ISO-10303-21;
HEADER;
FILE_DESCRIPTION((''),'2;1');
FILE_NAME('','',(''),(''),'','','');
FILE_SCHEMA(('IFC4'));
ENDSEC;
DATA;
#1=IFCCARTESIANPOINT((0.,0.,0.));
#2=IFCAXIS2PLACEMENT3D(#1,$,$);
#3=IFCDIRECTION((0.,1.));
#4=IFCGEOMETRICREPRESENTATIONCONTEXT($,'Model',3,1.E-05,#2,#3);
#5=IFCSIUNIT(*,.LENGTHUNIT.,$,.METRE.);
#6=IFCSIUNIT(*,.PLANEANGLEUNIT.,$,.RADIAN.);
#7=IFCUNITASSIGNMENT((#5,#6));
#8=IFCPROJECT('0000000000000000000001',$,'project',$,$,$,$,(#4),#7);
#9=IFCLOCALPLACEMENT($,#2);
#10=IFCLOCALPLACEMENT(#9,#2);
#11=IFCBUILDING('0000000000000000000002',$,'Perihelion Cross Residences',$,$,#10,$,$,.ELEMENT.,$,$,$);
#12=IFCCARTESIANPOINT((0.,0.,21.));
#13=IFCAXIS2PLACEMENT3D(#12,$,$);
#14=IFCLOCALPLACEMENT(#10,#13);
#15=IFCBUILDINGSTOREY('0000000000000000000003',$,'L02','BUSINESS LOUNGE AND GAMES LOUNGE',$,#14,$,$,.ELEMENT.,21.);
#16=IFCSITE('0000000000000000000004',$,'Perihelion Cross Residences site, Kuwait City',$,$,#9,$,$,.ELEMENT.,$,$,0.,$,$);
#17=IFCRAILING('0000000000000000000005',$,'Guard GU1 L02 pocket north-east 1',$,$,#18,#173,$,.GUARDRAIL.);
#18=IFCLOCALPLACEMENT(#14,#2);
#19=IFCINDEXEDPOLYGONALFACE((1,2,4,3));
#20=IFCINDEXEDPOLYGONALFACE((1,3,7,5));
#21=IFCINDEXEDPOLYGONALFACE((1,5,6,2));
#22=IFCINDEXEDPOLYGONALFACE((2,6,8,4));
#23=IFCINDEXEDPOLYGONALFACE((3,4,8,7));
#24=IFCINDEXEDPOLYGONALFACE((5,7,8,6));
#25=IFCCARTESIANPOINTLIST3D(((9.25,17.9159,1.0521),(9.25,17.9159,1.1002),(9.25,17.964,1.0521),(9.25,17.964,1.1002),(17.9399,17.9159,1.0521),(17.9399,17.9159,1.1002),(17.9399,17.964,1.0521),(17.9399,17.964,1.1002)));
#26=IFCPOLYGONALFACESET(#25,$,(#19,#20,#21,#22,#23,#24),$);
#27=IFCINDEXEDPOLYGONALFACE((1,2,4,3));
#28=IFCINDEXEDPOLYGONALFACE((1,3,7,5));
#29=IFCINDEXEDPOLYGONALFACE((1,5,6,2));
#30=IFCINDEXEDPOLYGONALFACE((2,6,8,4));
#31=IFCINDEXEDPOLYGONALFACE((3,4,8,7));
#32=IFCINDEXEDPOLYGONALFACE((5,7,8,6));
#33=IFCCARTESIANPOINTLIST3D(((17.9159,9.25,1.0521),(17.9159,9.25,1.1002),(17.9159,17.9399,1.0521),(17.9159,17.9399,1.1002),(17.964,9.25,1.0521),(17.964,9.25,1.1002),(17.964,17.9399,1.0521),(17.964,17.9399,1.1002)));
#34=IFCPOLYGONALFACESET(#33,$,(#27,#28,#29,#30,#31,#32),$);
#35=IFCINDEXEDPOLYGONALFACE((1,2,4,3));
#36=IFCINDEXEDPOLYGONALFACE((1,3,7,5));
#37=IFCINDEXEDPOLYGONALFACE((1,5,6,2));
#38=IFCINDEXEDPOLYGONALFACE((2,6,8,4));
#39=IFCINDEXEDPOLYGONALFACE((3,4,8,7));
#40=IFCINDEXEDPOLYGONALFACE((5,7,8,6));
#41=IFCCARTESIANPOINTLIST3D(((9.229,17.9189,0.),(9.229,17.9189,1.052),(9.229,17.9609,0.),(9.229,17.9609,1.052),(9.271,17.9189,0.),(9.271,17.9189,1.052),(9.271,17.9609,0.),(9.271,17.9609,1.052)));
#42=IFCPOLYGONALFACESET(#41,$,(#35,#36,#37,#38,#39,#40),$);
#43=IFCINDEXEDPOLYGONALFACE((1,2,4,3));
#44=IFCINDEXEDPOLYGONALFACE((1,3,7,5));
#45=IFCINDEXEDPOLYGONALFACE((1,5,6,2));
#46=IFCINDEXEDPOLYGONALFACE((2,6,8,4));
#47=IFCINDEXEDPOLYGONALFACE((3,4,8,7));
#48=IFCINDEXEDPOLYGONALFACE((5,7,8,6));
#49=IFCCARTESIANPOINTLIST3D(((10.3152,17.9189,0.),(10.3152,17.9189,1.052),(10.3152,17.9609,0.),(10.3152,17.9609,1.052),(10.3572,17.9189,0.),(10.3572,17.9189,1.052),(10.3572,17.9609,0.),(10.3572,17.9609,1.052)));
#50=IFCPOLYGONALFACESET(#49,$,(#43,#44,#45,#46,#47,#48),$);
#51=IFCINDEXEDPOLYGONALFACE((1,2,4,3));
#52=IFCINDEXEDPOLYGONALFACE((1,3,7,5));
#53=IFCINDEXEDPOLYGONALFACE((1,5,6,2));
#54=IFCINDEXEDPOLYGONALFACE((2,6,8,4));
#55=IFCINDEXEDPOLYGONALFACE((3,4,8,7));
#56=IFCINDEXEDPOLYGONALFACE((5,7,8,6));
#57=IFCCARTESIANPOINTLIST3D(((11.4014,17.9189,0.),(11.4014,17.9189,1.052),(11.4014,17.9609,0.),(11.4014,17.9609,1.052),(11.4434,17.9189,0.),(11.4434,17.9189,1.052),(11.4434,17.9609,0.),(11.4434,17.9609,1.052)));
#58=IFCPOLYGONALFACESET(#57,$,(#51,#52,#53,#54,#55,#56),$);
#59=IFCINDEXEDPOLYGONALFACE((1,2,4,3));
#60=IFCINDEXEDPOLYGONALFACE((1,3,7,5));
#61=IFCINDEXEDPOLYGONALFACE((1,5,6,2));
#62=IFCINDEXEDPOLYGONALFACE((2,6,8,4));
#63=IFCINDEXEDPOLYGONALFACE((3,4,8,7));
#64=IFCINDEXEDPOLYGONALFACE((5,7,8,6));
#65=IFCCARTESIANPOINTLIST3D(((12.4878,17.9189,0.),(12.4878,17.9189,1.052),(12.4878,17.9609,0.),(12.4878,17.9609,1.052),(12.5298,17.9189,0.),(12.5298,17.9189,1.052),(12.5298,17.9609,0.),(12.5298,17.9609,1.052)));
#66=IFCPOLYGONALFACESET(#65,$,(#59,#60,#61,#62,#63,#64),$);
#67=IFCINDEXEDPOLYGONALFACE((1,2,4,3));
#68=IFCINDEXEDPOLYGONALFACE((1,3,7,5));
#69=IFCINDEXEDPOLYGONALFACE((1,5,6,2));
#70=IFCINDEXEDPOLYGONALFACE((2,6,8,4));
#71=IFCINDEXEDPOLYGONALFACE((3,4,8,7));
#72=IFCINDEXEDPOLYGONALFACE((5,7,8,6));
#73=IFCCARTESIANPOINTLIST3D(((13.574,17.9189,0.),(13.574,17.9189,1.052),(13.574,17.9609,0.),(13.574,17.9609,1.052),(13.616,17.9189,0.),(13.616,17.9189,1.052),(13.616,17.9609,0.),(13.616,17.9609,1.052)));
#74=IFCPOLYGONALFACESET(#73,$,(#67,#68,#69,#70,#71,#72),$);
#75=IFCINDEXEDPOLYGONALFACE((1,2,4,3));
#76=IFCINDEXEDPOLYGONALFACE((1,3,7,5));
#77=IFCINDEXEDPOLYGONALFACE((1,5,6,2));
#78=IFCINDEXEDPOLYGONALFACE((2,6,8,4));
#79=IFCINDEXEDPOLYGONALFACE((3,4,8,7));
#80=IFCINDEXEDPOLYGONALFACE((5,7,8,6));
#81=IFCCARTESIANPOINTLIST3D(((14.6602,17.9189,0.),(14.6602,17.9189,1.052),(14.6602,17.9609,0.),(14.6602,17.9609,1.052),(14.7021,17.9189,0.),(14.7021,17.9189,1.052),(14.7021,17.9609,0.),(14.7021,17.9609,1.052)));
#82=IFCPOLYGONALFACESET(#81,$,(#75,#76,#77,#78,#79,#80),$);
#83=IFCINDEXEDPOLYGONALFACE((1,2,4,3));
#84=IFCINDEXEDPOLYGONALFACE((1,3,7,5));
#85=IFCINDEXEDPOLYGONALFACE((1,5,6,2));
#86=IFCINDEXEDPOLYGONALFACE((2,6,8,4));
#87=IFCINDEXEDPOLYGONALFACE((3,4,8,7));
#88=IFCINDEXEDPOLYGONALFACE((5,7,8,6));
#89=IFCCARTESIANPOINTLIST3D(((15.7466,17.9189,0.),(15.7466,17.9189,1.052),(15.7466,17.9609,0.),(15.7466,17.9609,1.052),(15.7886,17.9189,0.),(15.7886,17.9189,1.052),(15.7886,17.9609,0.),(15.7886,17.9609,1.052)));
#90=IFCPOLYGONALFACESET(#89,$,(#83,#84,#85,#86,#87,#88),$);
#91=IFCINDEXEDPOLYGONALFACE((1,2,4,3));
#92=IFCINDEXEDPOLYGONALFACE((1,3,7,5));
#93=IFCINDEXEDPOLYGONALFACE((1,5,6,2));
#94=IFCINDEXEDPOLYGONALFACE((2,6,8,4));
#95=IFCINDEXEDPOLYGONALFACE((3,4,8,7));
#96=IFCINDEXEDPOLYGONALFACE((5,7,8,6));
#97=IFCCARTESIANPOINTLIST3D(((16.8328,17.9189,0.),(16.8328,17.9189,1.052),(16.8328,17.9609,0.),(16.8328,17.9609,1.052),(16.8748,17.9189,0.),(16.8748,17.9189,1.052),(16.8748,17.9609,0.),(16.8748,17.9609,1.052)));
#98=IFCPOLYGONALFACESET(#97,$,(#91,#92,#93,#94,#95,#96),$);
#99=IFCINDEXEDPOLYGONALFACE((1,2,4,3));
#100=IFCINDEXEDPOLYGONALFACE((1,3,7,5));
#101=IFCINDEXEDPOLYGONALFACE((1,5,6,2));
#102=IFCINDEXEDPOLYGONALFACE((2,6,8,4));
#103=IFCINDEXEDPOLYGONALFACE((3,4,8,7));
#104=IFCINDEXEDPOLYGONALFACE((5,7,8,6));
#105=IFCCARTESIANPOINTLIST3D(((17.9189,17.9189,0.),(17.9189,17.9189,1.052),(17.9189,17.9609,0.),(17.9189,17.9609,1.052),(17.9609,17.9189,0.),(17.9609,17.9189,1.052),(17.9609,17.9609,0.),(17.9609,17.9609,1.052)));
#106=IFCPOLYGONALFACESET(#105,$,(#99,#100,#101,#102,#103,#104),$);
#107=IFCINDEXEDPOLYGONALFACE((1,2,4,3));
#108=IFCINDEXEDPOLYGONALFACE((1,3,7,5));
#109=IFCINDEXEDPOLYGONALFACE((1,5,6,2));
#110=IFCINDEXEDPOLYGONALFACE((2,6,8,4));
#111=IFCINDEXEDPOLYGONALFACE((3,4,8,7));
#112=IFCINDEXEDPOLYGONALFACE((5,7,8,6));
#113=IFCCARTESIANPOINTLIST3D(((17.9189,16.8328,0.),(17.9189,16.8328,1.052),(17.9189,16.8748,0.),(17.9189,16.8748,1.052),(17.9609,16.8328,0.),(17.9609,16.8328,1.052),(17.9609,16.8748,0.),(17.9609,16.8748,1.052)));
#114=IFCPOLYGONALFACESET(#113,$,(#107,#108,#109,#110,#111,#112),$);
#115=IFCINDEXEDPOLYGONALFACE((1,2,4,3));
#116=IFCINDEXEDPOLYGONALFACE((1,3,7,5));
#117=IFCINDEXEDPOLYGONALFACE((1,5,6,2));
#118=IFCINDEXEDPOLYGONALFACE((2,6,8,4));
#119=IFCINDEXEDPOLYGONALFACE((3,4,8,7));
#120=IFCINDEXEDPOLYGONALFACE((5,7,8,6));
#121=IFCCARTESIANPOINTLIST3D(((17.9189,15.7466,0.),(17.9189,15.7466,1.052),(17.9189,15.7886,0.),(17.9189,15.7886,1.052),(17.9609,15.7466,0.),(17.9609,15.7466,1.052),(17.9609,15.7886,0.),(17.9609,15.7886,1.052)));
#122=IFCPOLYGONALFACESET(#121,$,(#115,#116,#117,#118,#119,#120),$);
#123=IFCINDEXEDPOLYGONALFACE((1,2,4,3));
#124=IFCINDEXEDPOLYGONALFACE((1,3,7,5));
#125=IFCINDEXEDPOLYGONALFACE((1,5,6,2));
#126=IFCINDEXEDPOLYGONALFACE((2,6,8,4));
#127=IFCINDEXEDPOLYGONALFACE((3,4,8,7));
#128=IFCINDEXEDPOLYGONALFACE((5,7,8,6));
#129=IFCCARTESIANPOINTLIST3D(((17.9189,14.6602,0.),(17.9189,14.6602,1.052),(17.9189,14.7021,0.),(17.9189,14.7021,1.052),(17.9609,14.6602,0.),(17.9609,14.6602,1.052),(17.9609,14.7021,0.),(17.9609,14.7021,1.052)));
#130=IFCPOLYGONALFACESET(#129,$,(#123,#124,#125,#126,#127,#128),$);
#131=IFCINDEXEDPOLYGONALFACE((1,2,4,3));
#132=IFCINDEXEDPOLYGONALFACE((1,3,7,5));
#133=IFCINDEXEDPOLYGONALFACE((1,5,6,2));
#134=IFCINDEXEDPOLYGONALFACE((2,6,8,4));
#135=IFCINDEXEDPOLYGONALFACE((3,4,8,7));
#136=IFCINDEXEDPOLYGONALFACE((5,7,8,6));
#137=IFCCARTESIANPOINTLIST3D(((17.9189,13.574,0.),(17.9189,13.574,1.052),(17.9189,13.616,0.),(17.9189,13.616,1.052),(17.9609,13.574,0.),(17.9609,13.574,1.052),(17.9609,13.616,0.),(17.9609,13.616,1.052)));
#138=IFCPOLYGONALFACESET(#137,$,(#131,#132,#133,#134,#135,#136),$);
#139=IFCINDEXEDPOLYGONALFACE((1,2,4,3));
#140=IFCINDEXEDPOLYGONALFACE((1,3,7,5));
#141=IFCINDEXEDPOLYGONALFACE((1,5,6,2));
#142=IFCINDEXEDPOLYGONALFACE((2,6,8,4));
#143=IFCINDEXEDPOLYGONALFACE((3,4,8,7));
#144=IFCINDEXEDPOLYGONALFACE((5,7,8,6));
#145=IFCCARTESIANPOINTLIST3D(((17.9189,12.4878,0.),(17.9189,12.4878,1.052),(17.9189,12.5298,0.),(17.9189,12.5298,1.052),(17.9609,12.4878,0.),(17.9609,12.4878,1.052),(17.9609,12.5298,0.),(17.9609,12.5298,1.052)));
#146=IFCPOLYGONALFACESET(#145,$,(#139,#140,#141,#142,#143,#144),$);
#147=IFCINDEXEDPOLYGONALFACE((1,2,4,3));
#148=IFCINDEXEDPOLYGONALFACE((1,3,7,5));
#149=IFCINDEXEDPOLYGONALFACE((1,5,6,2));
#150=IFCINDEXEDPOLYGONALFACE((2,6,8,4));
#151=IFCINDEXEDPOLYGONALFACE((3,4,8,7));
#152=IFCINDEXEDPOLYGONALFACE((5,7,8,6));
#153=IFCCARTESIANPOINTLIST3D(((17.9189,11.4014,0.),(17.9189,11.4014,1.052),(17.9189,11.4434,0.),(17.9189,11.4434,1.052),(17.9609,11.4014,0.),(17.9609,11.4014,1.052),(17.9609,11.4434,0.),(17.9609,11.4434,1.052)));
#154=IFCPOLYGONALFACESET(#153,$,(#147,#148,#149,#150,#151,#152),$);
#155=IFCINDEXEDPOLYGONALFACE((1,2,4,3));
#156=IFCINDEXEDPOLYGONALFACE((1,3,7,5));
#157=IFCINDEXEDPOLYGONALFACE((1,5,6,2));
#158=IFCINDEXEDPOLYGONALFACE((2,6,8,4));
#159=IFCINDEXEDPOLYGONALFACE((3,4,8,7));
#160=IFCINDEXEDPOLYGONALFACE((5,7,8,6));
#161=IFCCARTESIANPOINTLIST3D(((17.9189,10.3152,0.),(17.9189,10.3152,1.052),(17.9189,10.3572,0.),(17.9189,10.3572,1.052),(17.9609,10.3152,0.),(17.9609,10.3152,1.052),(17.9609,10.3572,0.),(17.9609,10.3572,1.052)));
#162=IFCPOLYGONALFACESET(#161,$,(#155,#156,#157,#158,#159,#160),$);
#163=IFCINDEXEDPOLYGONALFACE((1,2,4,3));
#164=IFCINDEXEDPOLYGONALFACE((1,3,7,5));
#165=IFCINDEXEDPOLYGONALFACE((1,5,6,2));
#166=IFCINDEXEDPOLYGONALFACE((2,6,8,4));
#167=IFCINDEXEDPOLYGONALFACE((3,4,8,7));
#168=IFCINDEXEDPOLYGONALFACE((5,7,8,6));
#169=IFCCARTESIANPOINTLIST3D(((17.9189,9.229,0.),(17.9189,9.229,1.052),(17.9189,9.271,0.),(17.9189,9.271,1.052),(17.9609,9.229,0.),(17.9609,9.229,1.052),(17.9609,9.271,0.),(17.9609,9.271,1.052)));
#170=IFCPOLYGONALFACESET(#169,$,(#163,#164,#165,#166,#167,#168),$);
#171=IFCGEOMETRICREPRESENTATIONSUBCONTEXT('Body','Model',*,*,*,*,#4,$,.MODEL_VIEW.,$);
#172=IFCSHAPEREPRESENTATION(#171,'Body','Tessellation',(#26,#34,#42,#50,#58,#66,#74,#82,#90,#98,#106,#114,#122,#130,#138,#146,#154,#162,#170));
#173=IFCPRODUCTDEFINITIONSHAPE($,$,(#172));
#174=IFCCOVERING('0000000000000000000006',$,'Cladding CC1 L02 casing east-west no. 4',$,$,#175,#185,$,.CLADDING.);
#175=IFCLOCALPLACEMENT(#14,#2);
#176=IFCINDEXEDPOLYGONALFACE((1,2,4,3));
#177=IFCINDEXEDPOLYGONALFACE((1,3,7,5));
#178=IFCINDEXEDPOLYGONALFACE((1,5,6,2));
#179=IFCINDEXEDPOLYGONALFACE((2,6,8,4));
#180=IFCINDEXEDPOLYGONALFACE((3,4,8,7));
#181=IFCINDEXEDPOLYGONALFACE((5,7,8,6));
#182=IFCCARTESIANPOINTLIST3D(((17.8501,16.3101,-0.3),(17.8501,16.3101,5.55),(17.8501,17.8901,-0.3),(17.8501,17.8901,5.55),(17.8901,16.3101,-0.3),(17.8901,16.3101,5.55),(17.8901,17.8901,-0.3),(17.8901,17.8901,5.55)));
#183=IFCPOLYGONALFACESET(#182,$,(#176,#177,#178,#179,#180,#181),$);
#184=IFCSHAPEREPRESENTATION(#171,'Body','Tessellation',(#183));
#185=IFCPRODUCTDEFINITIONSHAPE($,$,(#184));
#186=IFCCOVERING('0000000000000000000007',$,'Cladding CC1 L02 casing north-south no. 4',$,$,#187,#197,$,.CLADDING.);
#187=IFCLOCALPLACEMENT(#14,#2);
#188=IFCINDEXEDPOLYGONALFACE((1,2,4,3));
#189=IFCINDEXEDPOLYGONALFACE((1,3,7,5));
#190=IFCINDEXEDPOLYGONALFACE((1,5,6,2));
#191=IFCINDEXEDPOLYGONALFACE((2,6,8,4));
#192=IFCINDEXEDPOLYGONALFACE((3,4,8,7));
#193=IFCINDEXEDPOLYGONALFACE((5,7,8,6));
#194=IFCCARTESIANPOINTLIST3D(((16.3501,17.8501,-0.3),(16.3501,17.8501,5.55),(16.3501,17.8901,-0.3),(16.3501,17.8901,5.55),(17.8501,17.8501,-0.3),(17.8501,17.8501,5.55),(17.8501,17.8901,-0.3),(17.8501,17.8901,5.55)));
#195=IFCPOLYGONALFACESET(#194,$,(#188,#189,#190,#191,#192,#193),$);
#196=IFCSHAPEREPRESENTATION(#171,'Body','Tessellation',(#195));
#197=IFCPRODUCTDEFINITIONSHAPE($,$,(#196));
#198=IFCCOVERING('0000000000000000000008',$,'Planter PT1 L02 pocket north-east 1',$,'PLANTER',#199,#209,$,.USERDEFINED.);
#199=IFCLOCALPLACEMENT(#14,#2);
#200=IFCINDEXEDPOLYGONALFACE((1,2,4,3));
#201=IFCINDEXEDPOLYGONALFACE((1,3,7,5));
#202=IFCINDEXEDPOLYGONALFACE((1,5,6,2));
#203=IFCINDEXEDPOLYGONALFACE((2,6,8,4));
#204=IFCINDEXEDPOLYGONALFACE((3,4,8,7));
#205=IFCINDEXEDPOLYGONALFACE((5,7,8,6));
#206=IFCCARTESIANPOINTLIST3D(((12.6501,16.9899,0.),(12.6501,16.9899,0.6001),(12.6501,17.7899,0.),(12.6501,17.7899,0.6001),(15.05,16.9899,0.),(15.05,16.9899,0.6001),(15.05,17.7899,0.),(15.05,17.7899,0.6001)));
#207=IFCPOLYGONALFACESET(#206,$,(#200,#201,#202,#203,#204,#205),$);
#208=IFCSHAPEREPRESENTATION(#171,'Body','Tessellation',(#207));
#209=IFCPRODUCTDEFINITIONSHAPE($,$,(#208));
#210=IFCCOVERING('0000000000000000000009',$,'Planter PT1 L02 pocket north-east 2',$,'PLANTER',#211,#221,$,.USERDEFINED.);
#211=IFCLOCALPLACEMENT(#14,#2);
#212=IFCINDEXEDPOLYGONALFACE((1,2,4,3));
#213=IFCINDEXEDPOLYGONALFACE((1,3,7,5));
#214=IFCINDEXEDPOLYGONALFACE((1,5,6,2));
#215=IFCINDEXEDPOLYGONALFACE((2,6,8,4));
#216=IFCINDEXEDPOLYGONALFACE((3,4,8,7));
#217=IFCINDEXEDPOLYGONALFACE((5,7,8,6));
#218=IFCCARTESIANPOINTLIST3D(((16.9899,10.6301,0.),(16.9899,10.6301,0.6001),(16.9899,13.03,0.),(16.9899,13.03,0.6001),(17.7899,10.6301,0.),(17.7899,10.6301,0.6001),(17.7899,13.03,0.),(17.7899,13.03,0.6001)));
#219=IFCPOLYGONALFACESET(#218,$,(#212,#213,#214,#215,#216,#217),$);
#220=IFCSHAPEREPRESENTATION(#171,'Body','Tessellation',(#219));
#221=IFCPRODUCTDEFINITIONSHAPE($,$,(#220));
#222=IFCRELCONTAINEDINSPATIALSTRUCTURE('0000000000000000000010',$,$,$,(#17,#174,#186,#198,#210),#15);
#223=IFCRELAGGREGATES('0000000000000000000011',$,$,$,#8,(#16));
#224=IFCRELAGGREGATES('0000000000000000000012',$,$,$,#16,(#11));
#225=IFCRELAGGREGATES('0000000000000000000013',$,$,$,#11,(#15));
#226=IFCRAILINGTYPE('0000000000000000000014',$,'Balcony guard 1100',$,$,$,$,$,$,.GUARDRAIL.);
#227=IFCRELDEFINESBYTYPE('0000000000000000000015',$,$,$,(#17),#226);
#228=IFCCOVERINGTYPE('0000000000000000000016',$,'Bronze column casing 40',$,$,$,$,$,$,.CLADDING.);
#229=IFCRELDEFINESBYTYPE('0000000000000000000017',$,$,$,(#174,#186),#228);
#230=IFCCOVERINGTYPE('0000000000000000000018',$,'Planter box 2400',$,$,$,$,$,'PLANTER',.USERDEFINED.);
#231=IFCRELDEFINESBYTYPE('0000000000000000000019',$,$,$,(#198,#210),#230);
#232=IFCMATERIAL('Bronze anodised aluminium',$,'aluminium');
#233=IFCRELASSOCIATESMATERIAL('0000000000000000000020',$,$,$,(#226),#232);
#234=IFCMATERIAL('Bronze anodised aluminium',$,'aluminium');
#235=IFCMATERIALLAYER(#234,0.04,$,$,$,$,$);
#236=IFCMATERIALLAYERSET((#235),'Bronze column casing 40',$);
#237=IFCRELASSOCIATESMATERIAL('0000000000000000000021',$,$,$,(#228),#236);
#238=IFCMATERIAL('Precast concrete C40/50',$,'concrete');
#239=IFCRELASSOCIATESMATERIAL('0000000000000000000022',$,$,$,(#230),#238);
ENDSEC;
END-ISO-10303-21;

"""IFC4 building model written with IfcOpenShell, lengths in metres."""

from ifc_helpers import new_model, si_unit, direction, frame, origin, origin_2d, place, context, subcontext, project, spatial, rectangle, extrude, material, layer, layer_set, type_object, element, save


model = new_model("IFC4")

# Units and contexts
model_context = context("Model", 3, precision=1e-05, world=origin(), true_north=direction((0.0, 1.0)))
body_context = subcontext(model_context, "Body", "Model", "MODEL_VIEW")
ifc_project = project(units=[si_unit("LENGTHUNIT", "METRE"), si_unit("PLANEANGLEUNIT", "RADIAN")], contexts=[model_context])

# Site, building, storey
site_placement = place(None, origin())
site = spatial("IfcSite", under=ifc_project, at=site_placement, Name="Perihelion Cross Residences site, Kuwait City", CompositionType="ELEMENT", RefElevation=0.0)
building_placement = place(site_placement, origin())
building = spatial("IfcBuilding", under=site, at=building_placement, Name="Perihelion Cross Residences", CompositionType="ELEMENT")
storey_placement = place(building_placement, frame((0.0, 0.0, 21.0)))
storey = spatial("IfcBuildingStorey", under=building, at=storey_placement, Name="L02", Description="BUSINESS LOUNGE AND GAMES LOUNGE", CompositionType="ELEMENT", Elevation=21.0)

# Railing
ifc_material_1 = material(Name="Bronze anodised aluminium", Category="aluminium")
railing_type = type_object("IfcRailingType", Name="Balcony guard 1100", PredefinedType="GUARDRAIL", material=ifc_material_1)
railing_placement = place(storey_placement, frame((9.25, 17.9399, 0.0)))
element("IfcRailing", 1, at=railing_placement, inside=storey, type_object=railing_type, Name="Guard GU1 L02 pocket north-east 1", PredefinedType="GUARDRAIL", context=body_context, shape_type="SweptSolid", body=[
    extrude(rectangle(XDim=0.0481, YDim=0.0481, at=origin_2d()), frame((0.0, 0.0, 1.0762), z_axis=(1.0, 0.0, 0.0), x_axis=(0.0, 1.0, 0.0)), (0.0, 0.0, 1.0), 8.6899),
    extrude(rectangle(XDim=0.0481, YDim=0.0481, at=origin_2d()), frame((8.6899, 0.0, 1.0762), z_axis=(0.0, -1.0, 0.0), x_axis=(1.0, 0.0, 0.0)), (0.0, 0.0, 1.0), 8.6899),
    extrude(rectangle(XDim=0.042, YDim=0.042, at=origin_2d()), origin(), (0.0, 0.0, 1.0), 1.052),
    extrude(rectangle(XDim=0.042, YDim=0.042, at=origin_2d()), frame((1.0862, 0.0, 0.0)), (0.0, 0.0, 1.0), 1.052),
    extrude(rectangle(XDim=0.042, YDim=0.042, at=origin_2d()), frame((2.1724, 0.0, 0.0)), (0.0, 0.0, 1.0), 1.052),
    extrude(rectangle(XDim=0.042, YDim=0.042, at=origin_2d()), frame((3.2588, 0.0, 0.0)), (0.0, 0.0, 1.0), 1.052),
    extrude(rectangle(XDim=0.042, YDim=0.042, at=origin_2d()), frame((4.345, 0.0, 0.0)), (0.0, 0.0, 1.0), 1.052),
    extrude(rectangle(XDim=0.042, YDim=0.042, at=origin_2d()), frame((5.4312, 0.0, 0.0)), (0.0, 0.0, 1.0), 1.052),
    extrude(rectangle(XDim=0.042, YDim=0.042, at=origin_2d()), frame((6.5176, 0.0, 0.0)), (0.0, 0.0, 1.0), 1.052),
    extrude(rectangle(XDim=0.042, YDim=0.042, at=origin_2d()), frame((7.6038, 0.0, 0.0)), (0.0, 0.0, 1.0), 1.052),
    extrude(rectangle(XDim=0.042, YDim=0.042, at=origin_2d()), frame((8.6899, 0.0, 0.0)), (0.0, 0.0, 1.0), 1.052),
    extrude(rectangle(XDim=0.042, YDim=0.042, at=origin_2d()), frame((8.6899, -1.0862, 0.0)), (0.0, 0.0, 1.0), 1.052),
    extrude(rectangle(XDim=0.042, YDim=0.042, at=origin_2d()), frame((8.6899, -2.1724, 0.0)), (0.0, 0.0, 1.0), 1.052),
    extrude(rectangle(XDim=0.042, YDim=0.042, at=origin_2d()), frame((8.6899, -3.2588, 0.0)), (0.0, 0.0, 1.0), 1.052),
    extrude(rectangle(XDim=0.042, YDim=0.042, at=origin_2d()), frame((8.6899, -4.345, 0.0)), (0.0, 0.0, 1.0), 1.052),
    extrude(rectangle(XDim=0.042, YDim=0.042, at=origin_2d()), frame((8.6899, -5.4312, 0.0)), (0.0, 0.0, 1.0), 1.052),
    extrude(rectangle(XDim=0.042, YDim=0.042, at=origin_2d()), frame((8.6899, -6.5176, 0.0)), (0.0, 0.0, 1.0), 1.052),
    extrude(rectangle(XDim=0.042, YDim=0.042, at=origin_2d()), frame((8.6899, -7.6038, 0.0)), (0.0, 0.0, 1.0), 1.052),
    extrude(rectangle(XDim=0.042, YDim=0.042, at=origin_2d()), frame((8.6899, -8.6899, 0.0)), (0.0, 0.0, 1.0), 1.052),
])

# Coverings
ifc_material_2 = material(Name="Bronze anodised aluminium", Category="aluminium")
ifc_layer_1 = layer(ifc_material_2, 0.04)
ifc_layer_set_1 = layer_set([ifc_layer_1], Name="Bronze column casing 40")
covering_type_1 = type_object("IfcCoveringType", Name="Bronze column casing 40", PredefinedType="CLADDING", material=ifc_layer_set_1)
covering_1_placement = place(storey_placement, frame((17.8701, 17.1001, -0.3), z_axis=(0.0, 0.0, 1.0), x_axis=(1.0, 0.0, 0.0)))
element("IfcCovering", 2, at=covering_1_placement, inside=storey, type_object=covering_type_1, Name="Cladding CC1 L02 casing east-west no. 4", PredefinedType="CLADDING", context=body_context, shape_type="SweptSolid", body=[
    extrude(rectangle(XDim=0.04, YDim=1.5801, at=origin_2d()), origin(), (0.0, 0.0, 1.0), 5.8501),
])
covering_2_placement = place(storey_placement, frame((17.1001, 17.8701, -0.3), z_axis=(0.0, 0.0, 1.0), x_axis=(1.0, 0.0, 0.0)))
element("IfcCovering", 3, at=covering_2_placement, inside=storey, type_object=covering_type_1, Name="Cladding CC1 L02 casing north-south no. 4", PredefinedType="CLADDING", context=body_context, shape_type="SweptSolid", body=[
    extrude(rectangle(XDim=1.5, YDim=0.04, at=origin_2d()), origin(), (0.0, 0.0, 1.0), 5.8501),
])
ifc_material_3 = material(Name="Precast concrete C40/50", Category="concrete")
covering_type_2 = type_object("IfcCoveringType", Name="Planter box 2400", ElementType="PLANTER", PredefinedType="USERDEFINED", material=ifc_material_3)
for number, where, z_axis, x_axis, name in (
    (4, (13.8501, 17.3899, 0.0), (0.0, 0.0, 1.0), (1.0, 0.0, 0.0), "Planter PT1 L02 pocket north-east 1"),
    (5, (17.3899, 11.8301, 0.0), (0.0, 0.0, 1.0), (0.0, -1.0, 0.0), "Planter PT1 L02 pocket north-east 2"),
):
    element("IfcCovering", number, at=place(storey_placement, frame(where, z_axis=z_axis, x_axis=x_axis)), inside=storey, type_object=covering_type_2, Name=name, ObjectType="PLANTER", PredefinedType="USERDEFINED", context=body_context, shape_type="SweptSolid", body=[
        extrude(rectangle(XDim=2.3999, YDim=0.8, at=origin_2d()), origin(), (0.0, 0.0, 1.0), 0.6001),
    ])

save(model, "model.ifc")
